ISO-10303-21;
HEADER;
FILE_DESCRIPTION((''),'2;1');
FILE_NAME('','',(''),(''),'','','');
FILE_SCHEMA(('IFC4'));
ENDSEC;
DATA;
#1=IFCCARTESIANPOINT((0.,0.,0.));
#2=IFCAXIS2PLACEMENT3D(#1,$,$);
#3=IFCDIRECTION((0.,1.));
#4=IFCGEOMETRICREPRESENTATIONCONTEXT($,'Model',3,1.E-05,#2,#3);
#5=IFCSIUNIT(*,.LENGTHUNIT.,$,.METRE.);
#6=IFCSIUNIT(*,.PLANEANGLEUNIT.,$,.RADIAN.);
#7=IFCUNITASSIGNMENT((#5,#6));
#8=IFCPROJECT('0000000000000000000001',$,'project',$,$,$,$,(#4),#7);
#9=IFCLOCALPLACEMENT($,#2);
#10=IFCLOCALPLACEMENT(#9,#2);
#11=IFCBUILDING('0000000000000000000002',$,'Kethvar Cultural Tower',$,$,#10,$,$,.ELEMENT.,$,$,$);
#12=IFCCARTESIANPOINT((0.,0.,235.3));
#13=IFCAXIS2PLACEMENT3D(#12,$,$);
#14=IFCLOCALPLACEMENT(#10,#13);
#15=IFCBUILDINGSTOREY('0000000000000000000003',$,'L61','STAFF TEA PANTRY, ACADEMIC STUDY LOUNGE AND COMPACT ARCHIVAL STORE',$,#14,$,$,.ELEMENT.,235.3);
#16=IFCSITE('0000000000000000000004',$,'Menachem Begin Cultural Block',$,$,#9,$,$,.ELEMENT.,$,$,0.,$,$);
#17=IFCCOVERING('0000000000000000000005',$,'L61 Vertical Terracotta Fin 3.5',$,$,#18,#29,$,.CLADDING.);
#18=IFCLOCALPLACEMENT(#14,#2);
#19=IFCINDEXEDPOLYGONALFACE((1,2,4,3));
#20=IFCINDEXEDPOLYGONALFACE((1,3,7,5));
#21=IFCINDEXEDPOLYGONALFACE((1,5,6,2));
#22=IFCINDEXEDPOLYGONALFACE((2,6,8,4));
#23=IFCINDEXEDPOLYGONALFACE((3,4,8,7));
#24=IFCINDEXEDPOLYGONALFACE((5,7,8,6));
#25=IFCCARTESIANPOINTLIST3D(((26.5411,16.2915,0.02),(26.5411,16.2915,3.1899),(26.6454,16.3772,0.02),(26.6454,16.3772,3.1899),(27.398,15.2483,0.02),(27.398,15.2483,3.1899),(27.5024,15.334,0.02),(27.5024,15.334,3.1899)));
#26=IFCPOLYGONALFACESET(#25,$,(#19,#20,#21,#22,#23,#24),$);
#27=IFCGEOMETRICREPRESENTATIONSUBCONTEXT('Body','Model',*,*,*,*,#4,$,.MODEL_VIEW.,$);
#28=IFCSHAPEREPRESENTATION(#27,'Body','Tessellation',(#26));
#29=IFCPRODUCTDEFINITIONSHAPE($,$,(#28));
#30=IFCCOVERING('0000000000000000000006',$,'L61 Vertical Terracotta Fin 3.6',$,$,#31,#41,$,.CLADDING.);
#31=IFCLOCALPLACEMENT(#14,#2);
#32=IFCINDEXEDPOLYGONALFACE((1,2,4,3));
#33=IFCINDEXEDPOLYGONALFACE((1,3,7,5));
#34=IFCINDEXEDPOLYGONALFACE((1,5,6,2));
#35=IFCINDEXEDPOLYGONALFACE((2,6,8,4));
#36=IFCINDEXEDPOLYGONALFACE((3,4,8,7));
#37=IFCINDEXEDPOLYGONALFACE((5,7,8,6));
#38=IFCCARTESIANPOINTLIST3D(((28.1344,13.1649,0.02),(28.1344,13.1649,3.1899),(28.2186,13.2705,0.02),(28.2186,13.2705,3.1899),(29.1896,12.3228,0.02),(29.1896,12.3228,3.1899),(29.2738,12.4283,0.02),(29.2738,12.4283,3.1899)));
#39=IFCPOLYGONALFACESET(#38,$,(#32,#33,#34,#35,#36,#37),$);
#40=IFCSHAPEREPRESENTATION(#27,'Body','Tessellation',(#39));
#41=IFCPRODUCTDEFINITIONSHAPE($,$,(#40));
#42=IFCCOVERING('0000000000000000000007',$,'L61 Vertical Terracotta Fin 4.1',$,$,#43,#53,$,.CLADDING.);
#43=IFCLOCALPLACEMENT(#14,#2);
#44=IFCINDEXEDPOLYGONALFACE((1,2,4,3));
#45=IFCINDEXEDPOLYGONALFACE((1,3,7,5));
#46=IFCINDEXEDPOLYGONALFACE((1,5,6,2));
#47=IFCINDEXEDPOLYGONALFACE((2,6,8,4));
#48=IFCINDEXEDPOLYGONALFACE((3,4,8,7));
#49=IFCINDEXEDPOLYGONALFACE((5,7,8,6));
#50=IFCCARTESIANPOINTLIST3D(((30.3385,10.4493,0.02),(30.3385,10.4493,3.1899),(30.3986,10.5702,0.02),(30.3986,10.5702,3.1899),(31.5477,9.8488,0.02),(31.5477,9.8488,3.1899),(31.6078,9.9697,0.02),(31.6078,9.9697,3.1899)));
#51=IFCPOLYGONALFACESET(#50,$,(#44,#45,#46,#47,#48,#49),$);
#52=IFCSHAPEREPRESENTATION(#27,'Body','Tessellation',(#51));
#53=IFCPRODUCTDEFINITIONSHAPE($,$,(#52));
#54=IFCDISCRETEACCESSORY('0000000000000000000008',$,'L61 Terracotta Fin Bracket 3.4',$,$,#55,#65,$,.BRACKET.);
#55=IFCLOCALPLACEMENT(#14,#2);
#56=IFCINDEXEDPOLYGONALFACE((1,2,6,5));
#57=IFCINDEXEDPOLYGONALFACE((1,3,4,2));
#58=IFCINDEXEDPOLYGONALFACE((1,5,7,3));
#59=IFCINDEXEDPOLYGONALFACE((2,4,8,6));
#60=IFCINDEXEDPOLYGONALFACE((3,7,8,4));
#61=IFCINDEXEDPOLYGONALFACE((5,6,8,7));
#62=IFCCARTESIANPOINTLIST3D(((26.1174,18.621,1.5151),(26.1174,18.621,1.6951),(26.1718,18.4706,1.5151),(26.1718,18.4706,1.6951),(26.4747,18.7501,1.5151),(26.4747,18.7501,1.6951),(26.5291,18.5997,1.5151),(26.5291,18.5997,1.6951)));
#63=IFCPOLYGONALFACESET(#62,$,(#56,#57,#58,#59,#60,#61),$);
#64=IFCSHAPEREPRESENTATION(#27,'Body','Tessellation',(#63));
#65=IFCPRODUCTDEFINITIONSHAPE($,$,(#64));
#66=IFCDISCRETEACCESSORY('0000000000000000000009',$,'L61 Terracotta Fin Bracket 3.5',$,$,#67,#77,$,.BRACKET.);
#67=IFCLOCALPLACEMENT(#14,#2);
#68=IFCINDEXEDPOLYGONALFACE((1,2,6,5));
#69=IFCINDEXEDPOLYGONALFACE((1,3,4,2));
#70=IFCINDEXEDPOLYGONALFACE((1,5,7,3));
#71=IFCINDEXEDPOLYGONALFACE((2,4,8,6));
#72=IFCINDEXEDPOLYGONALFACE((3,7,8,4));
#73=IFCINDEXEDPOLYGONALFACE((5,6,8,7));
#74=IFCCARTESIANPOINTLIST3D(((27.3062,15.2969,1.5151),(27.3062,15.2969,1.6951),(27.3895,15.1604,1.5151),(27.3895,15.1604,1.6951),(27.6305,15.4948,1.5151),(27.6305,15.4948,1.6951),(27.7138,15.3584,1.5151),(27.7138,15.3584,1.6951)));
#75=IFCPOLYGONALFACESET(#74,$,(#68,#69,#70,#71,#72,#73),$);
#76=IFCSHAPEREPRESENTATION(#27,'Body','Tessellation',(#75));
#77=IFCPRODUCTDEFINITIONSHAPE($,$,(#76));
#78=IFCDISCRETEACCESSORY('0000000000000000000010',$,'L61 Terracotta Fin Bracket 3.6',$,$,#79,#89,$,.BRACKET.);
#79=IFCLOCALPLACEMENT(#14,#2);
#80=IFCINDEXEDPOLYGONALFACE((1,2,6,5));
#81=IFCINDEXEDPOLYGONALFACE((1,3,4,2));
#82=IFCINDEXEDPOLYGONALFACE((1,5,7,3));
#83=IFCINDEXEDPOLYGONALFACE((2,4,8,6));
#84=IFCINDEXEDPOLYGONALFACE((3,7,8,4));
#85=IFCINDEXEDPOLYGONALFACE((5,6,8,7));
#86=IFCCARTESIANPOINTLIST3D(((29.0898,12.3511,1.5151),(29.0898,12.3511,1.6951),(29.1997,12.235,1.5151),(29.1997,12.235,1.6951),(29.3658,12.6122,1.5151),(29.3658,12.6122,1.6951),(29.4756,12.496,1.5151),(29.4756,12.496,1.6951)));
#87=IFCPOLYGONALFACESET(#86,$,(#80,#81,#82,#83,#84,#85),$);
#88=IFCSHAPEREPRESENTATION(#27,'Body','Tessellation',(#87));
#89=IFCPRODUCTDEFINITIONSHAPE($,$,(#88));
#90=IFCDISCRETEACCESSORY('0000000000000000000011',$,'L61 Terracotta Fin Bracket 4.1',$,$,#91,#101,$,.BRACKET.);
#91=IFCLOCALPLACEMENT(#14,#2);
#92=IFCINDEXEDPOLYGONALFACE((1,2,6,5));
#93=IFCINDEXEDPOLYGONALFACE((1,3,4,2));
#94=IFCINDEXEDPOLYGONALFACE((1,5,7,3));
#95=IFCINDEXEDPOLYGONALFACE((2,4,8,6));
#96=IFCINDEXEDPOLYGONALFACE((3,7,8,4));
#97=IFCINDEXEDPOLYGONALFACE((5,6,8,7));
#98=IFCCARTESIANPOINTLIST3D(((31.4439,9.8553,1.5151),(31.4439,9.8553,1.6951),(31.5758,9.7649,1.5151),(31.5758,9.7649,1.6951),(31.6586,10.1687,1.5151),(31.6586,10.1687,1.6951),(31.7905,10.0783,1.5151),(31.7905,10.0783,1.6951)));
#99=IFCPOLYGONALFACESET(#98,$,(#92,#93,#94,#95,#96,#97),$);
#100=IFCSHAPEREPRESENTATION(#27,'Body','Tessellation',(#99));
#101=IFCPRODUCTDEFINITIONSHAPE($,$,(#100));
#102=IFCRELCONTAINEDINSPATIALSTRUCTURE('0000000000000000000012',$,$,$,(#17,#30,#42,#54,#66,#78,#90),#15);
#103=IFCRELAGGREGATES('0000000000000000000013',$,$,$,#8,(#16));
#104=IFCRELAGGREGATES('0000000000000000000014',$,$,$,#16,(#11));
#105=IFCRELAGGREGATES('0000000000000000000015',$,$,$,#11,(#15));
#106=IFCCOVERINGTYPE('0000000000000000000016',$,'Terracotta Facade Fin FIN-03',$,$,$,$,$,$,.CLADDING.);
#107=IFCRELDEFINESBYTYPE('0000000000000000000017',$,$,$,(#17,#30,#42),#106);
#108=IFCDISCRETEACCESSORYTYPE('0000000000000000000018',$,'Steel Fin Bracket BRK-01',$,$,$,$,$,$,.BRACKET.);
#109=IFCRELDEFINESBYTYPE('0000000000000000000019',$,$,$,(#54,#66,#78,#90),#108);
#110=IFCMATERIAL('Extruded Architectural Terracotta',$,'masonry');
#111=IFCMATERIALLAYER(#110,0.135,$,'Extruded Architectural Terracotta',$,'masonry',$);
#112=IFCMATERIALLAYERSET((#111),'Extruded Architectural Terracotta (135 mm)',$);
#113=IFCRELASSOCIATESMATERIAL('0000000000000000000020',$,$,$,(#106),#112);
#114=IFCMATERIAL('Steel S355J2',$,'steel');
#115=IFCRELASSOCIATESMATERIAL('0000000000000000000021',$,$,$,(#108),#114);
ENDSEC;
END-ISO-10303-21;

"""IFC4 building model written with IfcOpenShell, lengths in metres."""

from ifc_helpers import new_model, si_unit, direction, frame, origin, origin_2d, place, context, subcontext, project, spatial, rectangle, extrude, source, transform, mapped, material, layer, layer_set, type_object, element, save


model = new_model("IFC4")

# Units and contexts
model_context = context("Model", 3, precision=1e-05, world=origin(), true_north=direction((0.0, 1.0)))
body_context = subcontext(model_context, "Body", "Model", "MODEL_VIEW")
ifc_project = project(units=[si_unit("LENGTHUNIT", "METRE"), si_unit("PLANEANGLEUNIT", "RADIAN")], contexts=[model_context])

# Site, building, storey
site_placement = place(None, origin())
site = spatial("IfcSite", under=ifc_project, at=site_placement, Name="Menachem Begin Cultural Block", CompositionType="ELEMENT", RefElevation=0.0)
building_placement = place(site_placement, origin())
building = spatial("IfcBuilding", under=site, at=building_placement, Name="Kethvar Cultural Tower", CompositionType="ELEMENT")
storey_placement = place(building_placement, frame((0.0, 0.0, 235.3)))
storey = spatial("IfcBuildingStorey", under=building, at=storey_placement, Name="L61", Description="STAFF TEA PANTRY, ACADEMIC STUDY LOUNGE AND COMPACT ARCHIVAL STORE", CompositionType="ELEMENT", Elevation=235.3)

# Shared definitions
ifc_material_1 = material(Name="Steel S355J2", Category="steel")

# Coverings
ifc_material_2 = material(Name="Extruded Architectural Terracotta", Category="masonry")
ifc_layer_1 = layer(ifc_material_2, 0.135, Name="Extruded Architectural Terracotta", Category="masonry")
ifc_layer_set_1 = layer_set([ifc_layer_1], Name="Extruded Architectural Terracotta (135 mm)")
covering_type = type_object("IfcCoveringType", Name="Terracotta Facade Fin FIN-03", PredefinedType="CLADDING", material=ifc_layer_set_1)
shared_shape_1 = source(origin(), body_context, "Body", "SweptSolid", [
    extrude(rectangle(XDim=1.3501, YDim=0.135, at=origin_2d()), origin(), (0.0, 0.0, 1.0), 3.1699),
])
for number, where, z_axis, x_axis, name in (
    (1, (27.0217, 15.8127, 0.02), (0.0, 0.0, 1.0), (-0.634731, 0.772734, 0.0), "L61 Vertical Terracotta Fin 3.5"),
    (2, (28.7041, 12.7966, 0.02), (0.0, 0.0, 1.0), (-0.781629, 0.623743, 0.0), "L61 Vertical Terracotta Fin 3.6"),
    (3, (30.9731, 10.2095, 0.02), (0.0, 0.0, 1.0), (-0.895634, 0.444792, 0.0), "L61 Vertical Terracotta Fin 4.1"),
):
    element("IfcCovering", number, at=place(storey_placement, frame(where, z_axis=z_axis, x_axis=x_axis)), inside=storey, type_object=covering_type, Name=name, PredefinedType="CLADDING", context=body_context, shape_type="MappedRepresentation", body=[
        mapped(shared_shape_1, transform((0.0, 0.0, 0.0), scale=1.0)),
    ])

# Discrete accessories
discrete_accessory_type = type_object("IfcDiscreteAccessoryType", Name="Steel Fin Bracket BRK-01", PredefinedType="BRACKET", material=ifc_material_1)
shared_shape_2 = source(origin(), body_context, "Body", "SweptSolid", [
    extrude(rectangle(XDim=0.3799, YDim=0.1599, at=origin_2d()), origin(), (0.0, 0.0, 1.0), 0.1799),
])
for number, where, z_axis, x_axis, name in (
    (4, (26.3232, 18.6104, 1.5151), (0.0, 0.0, 1.0), (-0.940466, -0.339887, 0.0), "L61 Terracotta Fin Bracket 3.4"),
    (5, (27.51, 15.3276, 1.5151), (0.0, 0.0, 1.0), (-0.853551, -0.52101, 0.0), "L61 Terracotta Fin Bracket 3.5"),
    (6, (29.2827, 12.4236, 1.5151), (0.0, 0.0, 1.0), (-0.726455, -0.687214, 0.0), "L61 Terracotta Fin Bracket 3.6"),
    (7, (31.6172, 9.9668, 1.5151), (0.0, 0.0, 1.0), (-0.565111, -0.825015, 0.0), "L61 Terracotta Fin Bracket 4.1"),
):
    element("IfcDiscreteAccessory", number, at=place(storey_placement, frame(where, z_axis=z_axis, x_axis=x_axis)), inside=storey, type_object=discrete_accessory_type, Name=name, PredefinedType="BRACKET", context=body_context, shape_type="MappedRepresentation", body=[
        mapped(shared_shape_2, transform((0.0, 0.0, 0.0), scale=1.0)),
    ])

save(model, "model.ifc")
